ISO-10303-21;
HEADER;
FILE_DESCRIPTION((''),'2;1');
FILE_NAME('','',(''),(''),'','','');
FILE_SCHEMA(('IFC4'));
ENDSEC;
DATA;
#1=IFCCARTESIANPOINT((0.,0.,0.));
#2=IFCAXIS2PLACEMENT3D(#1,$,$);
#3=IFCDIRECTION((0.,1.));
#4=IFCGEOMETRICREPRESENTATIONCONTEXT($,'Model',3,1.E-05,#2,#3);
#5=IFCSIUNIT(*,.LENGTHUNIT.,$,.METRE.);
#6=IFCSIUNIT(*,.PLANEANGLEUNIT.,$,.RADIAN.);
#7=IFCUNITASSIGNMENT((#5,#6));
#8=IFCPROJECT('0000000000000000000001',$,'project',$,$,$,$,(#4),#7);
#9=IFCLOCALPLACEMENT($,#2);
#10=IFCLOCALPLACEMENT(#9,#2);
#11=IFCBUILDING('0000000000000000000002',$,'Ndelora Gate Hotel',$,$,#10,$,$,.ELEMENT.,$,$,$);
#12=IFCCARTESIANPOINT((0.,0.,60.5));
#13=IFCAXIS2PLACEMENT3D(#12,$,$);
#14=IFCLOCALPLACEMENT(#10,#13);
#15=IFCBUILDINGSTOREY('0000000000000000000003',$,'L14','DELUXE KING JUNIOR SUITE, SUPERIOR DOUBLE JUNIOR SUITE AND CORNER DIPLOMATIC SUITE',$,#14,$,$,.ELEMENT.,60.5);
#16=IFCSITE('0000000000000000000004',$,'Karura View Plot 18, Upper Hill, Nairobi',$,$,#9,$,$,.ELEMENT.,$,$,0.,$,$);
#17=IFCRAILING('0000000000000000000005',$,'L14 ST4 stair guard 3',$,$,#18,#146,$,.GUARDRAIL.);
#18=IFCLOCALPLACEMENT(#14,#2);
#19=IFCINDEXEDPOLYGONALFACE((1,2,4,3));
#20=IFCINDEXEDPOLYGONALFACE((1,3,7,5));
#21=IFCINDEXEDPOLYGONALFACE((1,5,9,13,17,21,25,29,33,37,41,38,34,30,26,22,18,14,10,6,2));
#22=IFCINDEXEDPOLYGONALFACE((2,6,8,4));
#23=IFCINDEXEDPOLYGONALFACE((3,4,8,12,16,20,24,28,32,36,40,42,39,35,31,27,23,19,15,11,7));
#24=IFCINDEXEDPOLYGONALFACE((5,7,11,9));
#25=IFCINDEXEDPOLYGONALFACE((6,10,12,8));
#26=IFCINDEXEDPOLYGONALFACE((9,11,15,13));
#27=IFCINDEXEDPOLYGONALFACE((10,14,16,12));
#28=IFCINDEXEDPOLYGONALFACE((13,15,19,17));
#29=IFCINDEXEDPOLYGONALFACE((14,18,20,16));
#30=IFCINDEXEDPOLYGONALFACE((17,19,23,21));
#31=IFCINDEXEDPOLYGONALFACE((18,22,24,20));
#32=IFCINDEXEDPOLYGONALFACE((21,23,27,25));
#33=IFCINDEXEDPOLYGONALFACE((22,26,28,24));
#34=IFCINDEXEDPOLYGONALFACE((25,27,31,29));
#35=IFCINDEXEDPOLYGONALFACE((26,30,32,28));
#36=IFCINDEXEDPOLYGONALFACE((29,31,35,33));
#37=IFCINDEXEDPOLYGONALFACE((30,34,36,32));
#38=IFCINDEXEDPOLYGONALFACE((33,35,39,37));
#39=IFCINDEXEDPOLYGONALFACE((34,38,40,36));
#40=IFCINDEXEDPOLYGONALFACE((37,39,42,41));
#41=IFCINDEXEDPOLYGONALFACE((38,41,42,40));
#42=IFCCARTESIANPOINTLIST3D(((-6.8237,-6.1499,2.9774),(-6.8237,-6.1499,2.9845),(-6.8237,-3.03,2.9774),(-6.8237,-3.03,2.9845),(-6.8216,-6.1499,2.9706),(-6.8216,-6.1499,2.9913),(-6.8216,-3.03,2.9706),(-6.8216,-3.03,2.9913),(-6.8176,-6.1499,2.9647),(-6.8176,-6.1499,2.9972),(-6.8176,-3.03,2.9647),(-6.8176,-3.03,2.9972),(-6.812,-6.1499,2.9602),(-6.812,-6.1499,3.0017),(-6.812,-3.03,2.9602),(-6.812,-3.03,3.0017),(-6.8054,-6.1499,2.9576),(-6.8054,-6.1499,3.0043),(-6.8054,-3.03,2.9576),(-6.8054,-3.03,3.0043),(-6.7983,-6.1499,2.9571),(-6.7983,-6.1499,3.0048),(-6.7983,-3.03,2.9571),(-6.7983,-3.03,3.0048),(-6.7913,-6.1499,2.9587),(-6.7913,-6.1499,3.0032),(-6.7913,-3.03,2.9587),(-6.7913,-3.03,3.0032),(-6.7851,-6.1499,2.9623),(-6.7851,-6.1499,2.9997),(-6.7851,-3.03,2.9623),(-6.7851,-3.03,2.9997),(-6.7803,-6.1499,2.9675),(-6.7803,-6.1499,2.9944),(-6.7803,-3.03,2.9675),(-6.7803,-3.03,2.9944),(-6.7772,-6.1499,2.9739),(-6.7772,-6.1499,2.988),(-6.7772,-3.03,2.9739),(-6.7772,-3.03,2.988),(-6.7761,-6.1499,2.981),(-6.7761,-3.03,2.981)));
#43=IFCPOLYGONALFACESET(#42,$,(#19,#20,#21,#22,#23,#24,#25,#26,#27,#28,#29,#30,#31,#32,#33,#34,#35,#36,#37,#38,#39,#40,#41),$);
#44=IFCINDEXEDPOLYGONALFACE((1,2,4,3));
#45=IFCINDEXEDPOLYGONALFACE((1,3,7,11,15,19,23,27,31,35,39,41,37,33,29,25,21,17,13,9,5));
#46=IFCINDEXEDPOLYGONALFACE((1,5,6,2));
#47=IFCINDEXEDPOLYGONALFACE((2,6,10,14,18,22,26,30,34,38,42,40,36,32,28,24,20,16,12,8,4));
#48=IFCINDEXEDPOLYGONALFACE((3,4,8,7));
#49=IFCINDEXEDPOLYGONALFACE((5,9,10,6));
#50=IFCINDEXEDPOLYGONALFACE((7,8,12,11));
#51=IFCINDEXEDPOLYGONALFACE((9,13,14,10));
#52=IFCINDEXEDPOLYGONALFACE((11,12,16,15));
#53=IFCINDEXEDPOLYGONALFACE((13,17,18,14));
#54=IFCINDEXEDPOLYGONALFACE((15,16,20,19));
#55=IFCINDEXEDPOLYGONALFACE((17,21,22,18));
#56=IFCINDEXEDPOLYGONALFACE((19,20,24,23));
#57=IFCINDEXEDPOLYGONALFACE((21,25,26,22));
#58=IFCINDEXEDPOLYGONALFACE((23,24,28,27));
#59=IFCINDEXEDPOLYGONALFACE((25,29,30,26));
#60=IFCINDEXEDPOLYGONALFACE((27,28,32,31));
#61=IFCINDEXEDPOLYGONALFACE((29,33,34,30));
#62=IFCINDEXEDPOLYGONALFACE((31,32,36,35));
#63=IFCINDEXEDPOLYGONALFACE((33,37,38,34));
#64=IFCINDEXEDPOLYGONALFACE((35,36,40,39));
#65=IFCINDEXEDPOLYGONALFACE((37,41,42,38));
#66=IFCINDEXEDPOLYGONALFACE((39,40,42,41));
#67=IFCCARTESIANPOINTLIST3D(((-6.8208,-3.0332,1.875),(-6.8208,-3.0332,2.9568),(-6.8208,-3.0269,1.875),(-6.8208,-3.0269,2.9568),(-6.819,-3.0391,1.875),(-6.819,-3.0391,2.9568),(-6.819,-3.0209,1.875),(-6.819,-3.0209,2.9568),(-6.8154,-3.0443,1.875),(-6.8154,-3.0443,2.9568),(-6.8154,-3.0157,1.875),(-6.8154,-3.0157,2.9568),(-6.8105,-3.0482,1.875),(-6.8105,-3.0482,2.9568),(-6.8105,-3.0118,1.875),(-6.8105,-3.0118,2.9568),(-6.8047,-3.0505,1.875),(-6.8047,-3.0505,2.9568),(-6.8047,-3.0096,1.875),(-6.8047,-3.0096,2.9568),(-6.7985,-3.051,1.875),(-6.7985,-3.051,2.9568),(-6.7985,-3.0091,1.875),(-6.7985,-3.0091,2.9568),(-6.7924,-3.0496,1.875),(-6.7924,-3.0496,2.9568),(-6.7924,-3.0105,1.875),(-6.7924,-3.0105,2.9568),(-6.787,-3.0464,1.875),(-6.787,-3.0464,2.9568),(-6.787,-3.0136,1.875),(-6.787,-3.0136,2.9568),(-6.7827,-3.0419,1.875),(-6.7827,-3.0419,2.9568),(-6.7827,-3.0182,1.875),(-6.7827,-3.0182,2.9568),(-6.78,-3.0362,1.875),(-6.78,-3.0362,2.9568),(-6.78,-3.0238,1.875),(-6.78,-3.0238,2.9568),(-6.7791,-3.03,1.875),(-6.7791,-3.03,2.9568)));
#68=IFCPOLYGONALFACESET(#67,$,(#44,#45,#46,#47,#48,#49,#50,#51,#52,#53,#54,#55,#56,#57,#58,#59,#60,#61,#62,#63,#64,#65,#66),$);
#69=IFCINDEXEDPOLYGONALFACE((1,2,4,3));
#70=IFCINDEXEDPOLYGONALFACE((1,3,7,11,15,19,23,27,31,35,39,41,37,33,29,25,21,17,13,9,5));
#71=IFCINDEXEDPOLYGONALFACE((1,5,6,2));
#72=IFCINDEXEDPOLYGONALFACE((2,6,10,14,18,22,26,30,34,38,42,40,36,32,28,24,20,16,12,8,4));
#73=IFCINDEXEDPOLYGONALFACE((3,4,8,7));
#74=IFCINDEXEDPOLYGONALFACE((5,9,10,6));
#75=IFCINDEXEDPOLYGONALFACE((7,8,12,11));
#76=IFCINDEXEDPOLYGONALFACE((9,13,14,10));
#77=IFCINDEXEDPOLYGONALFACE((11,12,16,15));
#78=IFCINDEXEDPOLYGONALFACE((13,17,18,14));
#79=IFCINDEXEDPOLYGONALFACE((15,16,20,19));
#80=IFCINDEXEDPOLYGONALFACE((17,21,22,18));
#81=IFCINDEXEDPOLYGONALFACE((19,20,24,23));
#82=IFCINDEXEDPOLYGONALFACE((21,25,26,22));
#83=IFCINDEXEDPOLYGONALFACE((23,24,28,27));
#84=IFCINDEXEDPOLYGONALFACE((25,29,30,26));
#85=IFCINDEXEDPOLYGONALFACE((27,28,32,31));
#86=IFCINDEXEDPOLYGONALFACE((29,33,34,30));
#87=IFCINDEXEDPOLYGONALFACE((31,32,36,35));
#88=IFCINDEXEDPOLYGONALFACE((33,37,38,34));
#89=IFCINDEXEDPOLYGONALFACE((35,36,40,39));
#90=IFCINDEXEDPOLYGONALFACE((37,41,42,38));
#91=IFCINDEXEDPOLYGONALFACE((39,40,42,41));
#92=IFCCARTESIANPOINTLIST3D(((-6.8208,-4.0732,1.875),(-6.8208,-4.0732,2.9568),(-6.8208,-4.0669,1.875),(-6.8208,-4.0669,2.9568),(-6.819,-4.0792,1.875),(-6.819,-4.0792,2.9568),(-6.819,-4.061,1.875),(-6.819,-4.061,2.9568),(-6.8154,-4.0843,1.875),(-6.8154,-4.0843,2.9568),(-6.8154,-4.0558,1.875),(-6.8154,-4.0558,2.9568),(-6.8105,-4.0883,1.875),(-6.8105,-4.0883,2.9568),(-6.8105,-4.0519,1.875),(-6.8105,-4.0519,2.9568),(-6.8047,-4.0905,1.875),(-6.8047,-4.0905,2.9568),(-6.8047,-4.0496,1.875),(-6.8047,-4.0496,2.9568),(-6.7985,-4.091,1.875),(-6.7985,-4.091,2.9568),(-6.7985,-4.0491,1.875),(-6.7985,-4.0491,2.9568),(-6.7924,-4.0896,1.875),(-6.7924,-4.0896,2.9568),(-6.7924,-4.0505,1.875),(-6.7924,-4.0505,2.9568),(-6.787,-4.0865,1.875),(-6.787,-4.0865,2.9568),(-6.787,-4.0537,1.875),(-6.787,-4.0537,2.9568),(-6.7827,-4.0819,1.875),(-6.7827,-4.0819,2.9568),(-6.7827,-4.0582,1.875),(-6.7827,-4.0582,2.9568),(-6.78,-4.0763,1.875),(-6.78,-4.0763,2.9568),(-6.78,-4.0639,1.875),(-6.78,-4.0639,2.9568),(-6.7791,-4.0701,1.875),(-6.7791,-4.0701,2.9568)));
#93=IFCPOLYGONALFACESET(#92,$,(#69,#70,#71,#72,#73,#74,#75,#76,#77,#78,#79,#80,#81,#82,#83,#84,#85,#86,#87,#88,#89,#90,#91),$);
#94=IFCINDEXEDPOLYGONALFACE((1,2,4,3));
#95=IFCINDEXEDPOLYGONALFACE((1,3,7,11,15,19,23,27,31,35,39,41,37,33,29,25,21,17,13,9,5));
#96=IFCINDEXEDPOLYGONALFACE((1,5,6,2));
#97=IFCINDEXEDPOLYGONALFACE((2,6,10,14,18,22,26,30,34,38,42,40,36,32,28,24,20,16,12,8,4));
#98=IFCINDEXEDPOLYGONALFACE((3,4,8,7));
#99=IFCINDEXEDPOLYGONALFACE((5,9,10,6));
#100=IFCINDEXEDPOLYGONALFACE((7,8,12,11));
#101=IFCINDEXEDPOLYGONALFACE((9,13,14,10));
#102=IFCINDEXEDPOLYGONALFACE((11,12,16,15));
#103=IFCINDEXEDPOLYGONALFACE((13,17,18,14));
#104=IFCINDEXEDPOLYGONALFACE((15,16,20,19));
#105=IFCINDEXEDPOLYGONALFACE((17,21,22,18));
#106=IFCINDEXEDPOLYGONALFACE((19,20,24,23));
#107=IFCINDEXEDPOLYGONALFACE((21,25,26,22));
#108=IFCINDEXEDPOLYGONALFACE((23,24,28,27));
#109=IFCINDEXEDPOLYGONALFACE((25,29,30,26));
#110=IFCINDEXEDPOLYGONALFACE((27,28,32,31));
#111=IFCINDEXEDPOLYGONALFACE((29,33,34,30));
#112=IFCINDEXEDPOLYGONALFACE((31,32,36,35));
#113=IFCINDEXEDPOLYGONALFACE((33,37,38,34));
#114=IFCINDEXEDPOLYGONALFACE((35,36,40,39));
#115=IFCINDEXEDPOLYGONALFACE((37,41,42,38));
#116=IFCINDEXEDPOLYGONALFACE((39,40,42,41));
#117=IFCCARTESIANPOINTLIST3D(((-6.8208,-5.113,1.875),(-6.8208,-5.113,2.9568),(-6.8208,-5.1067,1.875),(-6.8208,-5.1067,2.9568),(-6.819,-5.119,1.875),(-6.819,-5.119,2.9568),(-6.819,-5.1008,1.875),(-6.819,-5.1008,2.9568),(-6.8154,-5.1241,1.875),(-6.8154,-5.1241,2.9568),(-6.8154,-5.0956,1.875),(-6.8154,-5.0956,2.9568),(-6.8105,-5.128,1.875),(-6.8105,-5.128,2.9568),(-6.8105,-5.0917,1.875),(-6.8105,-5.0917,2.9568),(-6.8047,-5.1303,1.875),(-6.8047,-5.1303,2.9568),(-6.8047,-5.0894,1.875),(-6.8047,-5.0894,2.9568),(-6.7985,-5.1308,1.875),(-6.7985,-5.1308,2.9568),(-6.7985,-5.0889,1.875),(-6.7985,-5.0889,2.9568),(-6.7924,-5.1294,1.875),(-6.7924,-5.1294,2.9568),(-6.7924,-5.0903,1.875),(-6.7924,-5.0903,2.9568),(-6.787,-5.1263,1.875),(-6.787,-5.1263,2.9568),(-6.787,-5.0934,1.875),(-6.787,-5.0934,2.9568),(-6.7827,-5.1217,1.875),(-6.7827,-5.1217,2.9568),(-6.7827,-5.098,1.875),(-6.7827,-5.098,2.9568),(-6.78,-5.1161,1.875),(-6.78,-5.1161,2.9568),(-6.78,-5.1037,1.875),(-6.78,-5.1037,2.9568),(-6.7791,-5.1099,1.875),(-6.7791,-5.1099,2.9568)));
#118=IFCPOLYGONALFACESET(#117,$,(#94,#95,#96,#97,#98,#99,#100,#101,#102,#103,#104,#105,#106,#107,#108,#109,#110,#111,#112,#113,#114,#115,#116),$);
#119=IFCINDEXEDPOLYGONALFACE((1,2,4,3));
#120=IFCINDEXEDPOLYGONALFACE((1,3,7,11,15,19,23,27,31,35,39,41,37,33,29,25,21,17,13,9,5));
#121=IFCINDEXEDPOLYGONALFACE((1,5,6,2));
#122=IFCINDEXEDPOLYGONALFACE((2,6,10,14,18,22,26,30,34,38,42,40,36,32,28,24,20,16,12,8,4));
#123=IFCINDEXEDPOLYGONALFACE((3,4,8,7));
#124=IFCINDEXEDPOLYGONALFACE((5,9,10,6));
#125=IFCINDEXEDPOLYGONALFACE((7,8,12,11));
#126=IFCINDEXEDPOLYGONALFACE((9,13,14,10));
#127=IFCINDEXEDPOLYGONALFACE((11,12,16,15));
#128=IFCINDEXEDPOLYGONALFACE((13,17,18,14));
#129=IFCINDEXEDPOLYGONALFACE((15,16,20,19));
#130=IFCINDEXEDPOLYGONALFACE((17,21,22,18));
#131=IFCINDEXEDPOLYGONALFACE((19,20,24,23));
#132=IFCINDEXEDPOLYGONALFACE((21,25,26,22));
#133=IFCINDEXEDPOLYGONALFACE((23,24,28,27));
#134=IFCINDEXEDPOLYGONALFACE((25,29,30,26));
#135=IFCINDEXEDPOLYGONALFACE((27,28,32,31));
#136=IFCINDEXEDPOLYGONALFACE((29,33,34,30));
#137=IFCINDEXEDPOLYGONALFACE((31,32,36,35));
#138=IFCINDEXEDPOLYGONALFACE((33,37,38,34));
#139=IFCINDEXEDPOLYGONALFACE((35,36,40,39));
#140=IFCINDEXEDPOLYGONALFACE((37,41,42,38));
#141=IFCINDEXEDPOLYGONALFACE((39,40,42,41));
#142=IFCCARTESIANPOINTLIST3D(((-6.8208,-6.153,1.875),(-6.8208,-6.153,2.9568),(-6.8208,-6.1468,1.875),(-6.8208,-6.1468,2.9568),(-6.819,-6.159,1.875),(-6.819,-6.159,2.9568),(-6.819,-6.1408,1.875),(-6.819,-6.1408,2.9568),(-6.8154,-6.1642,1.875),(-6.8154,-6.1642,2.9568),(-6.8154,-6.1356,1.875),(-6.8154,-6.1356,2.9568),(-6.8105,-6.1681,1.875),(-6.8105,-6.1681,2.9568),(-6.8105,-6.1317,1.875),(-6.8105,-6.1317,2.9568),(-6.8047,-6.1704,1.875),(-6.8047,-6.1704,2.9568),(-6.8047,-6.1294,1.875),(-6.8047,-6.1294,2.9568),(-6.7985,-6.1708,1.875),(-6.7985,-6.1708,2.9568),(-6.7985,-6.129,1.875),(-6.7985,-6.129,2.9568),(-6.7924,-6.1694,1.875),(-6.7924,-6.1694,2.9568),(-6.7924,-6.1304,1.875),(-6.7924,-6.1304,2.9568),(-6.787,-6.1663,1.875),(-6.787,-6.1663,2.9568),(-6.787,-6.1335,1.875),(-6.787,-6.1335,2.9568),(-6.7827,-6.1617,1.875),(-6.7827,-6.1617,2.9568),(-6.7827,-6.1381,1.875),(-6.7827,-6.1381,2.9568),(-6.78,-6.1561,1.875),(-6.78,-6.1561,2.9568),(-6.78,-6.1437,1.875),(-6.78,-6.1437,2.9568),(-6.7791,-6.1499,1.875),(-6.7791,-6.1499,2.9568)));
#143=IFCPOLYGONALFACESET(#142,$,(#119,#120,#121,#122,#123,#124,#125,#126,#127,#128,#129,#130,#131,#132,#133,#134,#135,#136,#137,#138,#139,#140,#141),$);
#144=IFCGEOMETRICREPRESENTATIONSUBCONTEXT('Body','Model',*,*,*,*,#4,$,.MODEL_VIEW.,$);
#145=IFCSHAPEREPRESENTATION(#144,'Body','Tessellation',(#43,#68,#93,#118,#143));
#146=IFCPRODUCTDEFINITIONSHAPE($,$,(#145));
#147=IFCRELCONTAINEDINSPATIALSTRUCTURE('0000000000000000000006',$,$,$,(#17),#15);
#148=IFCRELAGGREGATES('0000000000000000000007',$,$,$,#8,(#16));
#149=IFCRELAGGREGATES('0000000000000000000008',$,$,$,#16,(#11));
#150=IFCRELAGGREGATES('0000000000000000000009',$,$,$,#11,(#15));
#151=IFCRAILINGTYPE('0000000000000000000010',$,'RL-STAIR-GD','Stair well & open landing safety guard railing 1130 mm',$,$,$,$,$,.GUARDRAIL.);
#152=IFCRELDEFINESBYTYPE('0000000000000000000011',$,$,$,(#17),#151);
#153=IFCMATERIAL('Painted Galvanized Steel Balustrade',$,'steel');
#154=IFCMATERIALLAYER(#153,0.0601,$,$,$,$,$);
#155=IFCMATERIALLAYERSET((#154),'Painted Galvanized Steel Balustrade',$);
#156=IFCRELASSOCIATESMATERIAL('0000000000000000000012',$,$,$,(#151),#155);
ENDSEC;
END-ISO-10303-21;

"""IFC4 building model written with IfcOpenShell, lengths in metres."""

from ifc_helpers import new_model, si_unit, direction, frame, origin, origin_2d, place, context, subcontext, project, spatial, circle, extrude, material, layer, layer_set, type_object, element, save


model = new_model("IFC4")

# Units and contexts
model_context = context("Model", 3, precision=1e-05, world=origin(), true_north=direction((0.0, 1.0)))
body_context = subcontext(model_context, "Body", "Model", "MODEL_VIEW")
ifc_project = project(units=[si_unit("LENGTHUNIT", "METRE"), si_unit("PLANEANGLEUNIT", "RADIAN")], contexts=[model_context])

# Site, building, storey
site_placement = place(None, origin())
site = spatial("IfcSite", under=ifc_project, at=site_placement, Name="Karura View Plot 18, Upper Hill, Nairobi", CompositionType="ELEMENT", RefElevation=0.0)
building_placement = place(site_placement, origin())
building = spatial("IfcBuilding", under=site, at=building_placement, Name="Ndelora Gate Hotel", CompositionType="ELEMENT")
storey_placement = place(building_placement, frame((0.0, 0.0, 60.5)))
storey = spatial("IfcBuildingStorey", under=building, at=storey_placement, Name="L14", Description="DELUXE KING JUNIOR SUITE, SUPERIOR DOUBLE JUNIOR SUITE AND CORNER DIPLOMATIC SUITE", CompositionType="ELEMENT", Elevation=60.5)

# Railing
ifc_material_1 = material(Name="Painted Galvanized Steel Balustrade", Category="steel")
ifc_layer_1 = layer(ifc_material_1, 0.0601)
ifc_layer_set_1 = layer_set([ifc_layer_1], Name="Painted Galvanized Steel Balustrade")
railing_type_1 = type_object("IfcRailingType", Name="RL-STAIR-GD", Description="Stair well & open landing safety guard railing 1130 mm", PredefinedType="GUARDRAIL", material=ifc_layer_set_1)
for number, where, name in (
    (1, (-6.8, -3.03, 1.875), "L14 ST4 stair guard 3"),
):
    element("IfcRailing", number, at=place(storey_placement, frame(where)), inside=storey, type_object=railing_type_1, Name=name, PredefinedType="GUARDRAIL", context=body_context, shape_type="SweptSolid", body=[
        extrude(circle(Radius=0.0239, at=origin_2d()), frame((0.0, 0.0, 1.106), z_axis=(0.0, -1.0, 0.0), x_axis=(1.0, 0.0, 0.0)), (0.0, 0.0, 1.0), 3.1199),
        extrude(circle(Radius=0.021, at=origin_2d()), origin(), (0.0, 0.0, 1.0), 1.0818),
        extrude(circle(Radius=0.021, at=origin_2d()), frame((0.0, -1.04, 0.0)), (0.0, 0.0, 1.0), 1.0818),
        extrude(circle(Radius=0.021, at=origin_2d()), frame((0.0, -2.0798, 0.0)), (0.0, 0.0, 1.0), 1.0818),
        extrude(circle(Radius=0.021, at=origin_2d()), frame((0.0, -3.1199, 0.0)), (0.0, 0.0, 1.0), 1.0818),
    ])

save(model, "model.ifc")
